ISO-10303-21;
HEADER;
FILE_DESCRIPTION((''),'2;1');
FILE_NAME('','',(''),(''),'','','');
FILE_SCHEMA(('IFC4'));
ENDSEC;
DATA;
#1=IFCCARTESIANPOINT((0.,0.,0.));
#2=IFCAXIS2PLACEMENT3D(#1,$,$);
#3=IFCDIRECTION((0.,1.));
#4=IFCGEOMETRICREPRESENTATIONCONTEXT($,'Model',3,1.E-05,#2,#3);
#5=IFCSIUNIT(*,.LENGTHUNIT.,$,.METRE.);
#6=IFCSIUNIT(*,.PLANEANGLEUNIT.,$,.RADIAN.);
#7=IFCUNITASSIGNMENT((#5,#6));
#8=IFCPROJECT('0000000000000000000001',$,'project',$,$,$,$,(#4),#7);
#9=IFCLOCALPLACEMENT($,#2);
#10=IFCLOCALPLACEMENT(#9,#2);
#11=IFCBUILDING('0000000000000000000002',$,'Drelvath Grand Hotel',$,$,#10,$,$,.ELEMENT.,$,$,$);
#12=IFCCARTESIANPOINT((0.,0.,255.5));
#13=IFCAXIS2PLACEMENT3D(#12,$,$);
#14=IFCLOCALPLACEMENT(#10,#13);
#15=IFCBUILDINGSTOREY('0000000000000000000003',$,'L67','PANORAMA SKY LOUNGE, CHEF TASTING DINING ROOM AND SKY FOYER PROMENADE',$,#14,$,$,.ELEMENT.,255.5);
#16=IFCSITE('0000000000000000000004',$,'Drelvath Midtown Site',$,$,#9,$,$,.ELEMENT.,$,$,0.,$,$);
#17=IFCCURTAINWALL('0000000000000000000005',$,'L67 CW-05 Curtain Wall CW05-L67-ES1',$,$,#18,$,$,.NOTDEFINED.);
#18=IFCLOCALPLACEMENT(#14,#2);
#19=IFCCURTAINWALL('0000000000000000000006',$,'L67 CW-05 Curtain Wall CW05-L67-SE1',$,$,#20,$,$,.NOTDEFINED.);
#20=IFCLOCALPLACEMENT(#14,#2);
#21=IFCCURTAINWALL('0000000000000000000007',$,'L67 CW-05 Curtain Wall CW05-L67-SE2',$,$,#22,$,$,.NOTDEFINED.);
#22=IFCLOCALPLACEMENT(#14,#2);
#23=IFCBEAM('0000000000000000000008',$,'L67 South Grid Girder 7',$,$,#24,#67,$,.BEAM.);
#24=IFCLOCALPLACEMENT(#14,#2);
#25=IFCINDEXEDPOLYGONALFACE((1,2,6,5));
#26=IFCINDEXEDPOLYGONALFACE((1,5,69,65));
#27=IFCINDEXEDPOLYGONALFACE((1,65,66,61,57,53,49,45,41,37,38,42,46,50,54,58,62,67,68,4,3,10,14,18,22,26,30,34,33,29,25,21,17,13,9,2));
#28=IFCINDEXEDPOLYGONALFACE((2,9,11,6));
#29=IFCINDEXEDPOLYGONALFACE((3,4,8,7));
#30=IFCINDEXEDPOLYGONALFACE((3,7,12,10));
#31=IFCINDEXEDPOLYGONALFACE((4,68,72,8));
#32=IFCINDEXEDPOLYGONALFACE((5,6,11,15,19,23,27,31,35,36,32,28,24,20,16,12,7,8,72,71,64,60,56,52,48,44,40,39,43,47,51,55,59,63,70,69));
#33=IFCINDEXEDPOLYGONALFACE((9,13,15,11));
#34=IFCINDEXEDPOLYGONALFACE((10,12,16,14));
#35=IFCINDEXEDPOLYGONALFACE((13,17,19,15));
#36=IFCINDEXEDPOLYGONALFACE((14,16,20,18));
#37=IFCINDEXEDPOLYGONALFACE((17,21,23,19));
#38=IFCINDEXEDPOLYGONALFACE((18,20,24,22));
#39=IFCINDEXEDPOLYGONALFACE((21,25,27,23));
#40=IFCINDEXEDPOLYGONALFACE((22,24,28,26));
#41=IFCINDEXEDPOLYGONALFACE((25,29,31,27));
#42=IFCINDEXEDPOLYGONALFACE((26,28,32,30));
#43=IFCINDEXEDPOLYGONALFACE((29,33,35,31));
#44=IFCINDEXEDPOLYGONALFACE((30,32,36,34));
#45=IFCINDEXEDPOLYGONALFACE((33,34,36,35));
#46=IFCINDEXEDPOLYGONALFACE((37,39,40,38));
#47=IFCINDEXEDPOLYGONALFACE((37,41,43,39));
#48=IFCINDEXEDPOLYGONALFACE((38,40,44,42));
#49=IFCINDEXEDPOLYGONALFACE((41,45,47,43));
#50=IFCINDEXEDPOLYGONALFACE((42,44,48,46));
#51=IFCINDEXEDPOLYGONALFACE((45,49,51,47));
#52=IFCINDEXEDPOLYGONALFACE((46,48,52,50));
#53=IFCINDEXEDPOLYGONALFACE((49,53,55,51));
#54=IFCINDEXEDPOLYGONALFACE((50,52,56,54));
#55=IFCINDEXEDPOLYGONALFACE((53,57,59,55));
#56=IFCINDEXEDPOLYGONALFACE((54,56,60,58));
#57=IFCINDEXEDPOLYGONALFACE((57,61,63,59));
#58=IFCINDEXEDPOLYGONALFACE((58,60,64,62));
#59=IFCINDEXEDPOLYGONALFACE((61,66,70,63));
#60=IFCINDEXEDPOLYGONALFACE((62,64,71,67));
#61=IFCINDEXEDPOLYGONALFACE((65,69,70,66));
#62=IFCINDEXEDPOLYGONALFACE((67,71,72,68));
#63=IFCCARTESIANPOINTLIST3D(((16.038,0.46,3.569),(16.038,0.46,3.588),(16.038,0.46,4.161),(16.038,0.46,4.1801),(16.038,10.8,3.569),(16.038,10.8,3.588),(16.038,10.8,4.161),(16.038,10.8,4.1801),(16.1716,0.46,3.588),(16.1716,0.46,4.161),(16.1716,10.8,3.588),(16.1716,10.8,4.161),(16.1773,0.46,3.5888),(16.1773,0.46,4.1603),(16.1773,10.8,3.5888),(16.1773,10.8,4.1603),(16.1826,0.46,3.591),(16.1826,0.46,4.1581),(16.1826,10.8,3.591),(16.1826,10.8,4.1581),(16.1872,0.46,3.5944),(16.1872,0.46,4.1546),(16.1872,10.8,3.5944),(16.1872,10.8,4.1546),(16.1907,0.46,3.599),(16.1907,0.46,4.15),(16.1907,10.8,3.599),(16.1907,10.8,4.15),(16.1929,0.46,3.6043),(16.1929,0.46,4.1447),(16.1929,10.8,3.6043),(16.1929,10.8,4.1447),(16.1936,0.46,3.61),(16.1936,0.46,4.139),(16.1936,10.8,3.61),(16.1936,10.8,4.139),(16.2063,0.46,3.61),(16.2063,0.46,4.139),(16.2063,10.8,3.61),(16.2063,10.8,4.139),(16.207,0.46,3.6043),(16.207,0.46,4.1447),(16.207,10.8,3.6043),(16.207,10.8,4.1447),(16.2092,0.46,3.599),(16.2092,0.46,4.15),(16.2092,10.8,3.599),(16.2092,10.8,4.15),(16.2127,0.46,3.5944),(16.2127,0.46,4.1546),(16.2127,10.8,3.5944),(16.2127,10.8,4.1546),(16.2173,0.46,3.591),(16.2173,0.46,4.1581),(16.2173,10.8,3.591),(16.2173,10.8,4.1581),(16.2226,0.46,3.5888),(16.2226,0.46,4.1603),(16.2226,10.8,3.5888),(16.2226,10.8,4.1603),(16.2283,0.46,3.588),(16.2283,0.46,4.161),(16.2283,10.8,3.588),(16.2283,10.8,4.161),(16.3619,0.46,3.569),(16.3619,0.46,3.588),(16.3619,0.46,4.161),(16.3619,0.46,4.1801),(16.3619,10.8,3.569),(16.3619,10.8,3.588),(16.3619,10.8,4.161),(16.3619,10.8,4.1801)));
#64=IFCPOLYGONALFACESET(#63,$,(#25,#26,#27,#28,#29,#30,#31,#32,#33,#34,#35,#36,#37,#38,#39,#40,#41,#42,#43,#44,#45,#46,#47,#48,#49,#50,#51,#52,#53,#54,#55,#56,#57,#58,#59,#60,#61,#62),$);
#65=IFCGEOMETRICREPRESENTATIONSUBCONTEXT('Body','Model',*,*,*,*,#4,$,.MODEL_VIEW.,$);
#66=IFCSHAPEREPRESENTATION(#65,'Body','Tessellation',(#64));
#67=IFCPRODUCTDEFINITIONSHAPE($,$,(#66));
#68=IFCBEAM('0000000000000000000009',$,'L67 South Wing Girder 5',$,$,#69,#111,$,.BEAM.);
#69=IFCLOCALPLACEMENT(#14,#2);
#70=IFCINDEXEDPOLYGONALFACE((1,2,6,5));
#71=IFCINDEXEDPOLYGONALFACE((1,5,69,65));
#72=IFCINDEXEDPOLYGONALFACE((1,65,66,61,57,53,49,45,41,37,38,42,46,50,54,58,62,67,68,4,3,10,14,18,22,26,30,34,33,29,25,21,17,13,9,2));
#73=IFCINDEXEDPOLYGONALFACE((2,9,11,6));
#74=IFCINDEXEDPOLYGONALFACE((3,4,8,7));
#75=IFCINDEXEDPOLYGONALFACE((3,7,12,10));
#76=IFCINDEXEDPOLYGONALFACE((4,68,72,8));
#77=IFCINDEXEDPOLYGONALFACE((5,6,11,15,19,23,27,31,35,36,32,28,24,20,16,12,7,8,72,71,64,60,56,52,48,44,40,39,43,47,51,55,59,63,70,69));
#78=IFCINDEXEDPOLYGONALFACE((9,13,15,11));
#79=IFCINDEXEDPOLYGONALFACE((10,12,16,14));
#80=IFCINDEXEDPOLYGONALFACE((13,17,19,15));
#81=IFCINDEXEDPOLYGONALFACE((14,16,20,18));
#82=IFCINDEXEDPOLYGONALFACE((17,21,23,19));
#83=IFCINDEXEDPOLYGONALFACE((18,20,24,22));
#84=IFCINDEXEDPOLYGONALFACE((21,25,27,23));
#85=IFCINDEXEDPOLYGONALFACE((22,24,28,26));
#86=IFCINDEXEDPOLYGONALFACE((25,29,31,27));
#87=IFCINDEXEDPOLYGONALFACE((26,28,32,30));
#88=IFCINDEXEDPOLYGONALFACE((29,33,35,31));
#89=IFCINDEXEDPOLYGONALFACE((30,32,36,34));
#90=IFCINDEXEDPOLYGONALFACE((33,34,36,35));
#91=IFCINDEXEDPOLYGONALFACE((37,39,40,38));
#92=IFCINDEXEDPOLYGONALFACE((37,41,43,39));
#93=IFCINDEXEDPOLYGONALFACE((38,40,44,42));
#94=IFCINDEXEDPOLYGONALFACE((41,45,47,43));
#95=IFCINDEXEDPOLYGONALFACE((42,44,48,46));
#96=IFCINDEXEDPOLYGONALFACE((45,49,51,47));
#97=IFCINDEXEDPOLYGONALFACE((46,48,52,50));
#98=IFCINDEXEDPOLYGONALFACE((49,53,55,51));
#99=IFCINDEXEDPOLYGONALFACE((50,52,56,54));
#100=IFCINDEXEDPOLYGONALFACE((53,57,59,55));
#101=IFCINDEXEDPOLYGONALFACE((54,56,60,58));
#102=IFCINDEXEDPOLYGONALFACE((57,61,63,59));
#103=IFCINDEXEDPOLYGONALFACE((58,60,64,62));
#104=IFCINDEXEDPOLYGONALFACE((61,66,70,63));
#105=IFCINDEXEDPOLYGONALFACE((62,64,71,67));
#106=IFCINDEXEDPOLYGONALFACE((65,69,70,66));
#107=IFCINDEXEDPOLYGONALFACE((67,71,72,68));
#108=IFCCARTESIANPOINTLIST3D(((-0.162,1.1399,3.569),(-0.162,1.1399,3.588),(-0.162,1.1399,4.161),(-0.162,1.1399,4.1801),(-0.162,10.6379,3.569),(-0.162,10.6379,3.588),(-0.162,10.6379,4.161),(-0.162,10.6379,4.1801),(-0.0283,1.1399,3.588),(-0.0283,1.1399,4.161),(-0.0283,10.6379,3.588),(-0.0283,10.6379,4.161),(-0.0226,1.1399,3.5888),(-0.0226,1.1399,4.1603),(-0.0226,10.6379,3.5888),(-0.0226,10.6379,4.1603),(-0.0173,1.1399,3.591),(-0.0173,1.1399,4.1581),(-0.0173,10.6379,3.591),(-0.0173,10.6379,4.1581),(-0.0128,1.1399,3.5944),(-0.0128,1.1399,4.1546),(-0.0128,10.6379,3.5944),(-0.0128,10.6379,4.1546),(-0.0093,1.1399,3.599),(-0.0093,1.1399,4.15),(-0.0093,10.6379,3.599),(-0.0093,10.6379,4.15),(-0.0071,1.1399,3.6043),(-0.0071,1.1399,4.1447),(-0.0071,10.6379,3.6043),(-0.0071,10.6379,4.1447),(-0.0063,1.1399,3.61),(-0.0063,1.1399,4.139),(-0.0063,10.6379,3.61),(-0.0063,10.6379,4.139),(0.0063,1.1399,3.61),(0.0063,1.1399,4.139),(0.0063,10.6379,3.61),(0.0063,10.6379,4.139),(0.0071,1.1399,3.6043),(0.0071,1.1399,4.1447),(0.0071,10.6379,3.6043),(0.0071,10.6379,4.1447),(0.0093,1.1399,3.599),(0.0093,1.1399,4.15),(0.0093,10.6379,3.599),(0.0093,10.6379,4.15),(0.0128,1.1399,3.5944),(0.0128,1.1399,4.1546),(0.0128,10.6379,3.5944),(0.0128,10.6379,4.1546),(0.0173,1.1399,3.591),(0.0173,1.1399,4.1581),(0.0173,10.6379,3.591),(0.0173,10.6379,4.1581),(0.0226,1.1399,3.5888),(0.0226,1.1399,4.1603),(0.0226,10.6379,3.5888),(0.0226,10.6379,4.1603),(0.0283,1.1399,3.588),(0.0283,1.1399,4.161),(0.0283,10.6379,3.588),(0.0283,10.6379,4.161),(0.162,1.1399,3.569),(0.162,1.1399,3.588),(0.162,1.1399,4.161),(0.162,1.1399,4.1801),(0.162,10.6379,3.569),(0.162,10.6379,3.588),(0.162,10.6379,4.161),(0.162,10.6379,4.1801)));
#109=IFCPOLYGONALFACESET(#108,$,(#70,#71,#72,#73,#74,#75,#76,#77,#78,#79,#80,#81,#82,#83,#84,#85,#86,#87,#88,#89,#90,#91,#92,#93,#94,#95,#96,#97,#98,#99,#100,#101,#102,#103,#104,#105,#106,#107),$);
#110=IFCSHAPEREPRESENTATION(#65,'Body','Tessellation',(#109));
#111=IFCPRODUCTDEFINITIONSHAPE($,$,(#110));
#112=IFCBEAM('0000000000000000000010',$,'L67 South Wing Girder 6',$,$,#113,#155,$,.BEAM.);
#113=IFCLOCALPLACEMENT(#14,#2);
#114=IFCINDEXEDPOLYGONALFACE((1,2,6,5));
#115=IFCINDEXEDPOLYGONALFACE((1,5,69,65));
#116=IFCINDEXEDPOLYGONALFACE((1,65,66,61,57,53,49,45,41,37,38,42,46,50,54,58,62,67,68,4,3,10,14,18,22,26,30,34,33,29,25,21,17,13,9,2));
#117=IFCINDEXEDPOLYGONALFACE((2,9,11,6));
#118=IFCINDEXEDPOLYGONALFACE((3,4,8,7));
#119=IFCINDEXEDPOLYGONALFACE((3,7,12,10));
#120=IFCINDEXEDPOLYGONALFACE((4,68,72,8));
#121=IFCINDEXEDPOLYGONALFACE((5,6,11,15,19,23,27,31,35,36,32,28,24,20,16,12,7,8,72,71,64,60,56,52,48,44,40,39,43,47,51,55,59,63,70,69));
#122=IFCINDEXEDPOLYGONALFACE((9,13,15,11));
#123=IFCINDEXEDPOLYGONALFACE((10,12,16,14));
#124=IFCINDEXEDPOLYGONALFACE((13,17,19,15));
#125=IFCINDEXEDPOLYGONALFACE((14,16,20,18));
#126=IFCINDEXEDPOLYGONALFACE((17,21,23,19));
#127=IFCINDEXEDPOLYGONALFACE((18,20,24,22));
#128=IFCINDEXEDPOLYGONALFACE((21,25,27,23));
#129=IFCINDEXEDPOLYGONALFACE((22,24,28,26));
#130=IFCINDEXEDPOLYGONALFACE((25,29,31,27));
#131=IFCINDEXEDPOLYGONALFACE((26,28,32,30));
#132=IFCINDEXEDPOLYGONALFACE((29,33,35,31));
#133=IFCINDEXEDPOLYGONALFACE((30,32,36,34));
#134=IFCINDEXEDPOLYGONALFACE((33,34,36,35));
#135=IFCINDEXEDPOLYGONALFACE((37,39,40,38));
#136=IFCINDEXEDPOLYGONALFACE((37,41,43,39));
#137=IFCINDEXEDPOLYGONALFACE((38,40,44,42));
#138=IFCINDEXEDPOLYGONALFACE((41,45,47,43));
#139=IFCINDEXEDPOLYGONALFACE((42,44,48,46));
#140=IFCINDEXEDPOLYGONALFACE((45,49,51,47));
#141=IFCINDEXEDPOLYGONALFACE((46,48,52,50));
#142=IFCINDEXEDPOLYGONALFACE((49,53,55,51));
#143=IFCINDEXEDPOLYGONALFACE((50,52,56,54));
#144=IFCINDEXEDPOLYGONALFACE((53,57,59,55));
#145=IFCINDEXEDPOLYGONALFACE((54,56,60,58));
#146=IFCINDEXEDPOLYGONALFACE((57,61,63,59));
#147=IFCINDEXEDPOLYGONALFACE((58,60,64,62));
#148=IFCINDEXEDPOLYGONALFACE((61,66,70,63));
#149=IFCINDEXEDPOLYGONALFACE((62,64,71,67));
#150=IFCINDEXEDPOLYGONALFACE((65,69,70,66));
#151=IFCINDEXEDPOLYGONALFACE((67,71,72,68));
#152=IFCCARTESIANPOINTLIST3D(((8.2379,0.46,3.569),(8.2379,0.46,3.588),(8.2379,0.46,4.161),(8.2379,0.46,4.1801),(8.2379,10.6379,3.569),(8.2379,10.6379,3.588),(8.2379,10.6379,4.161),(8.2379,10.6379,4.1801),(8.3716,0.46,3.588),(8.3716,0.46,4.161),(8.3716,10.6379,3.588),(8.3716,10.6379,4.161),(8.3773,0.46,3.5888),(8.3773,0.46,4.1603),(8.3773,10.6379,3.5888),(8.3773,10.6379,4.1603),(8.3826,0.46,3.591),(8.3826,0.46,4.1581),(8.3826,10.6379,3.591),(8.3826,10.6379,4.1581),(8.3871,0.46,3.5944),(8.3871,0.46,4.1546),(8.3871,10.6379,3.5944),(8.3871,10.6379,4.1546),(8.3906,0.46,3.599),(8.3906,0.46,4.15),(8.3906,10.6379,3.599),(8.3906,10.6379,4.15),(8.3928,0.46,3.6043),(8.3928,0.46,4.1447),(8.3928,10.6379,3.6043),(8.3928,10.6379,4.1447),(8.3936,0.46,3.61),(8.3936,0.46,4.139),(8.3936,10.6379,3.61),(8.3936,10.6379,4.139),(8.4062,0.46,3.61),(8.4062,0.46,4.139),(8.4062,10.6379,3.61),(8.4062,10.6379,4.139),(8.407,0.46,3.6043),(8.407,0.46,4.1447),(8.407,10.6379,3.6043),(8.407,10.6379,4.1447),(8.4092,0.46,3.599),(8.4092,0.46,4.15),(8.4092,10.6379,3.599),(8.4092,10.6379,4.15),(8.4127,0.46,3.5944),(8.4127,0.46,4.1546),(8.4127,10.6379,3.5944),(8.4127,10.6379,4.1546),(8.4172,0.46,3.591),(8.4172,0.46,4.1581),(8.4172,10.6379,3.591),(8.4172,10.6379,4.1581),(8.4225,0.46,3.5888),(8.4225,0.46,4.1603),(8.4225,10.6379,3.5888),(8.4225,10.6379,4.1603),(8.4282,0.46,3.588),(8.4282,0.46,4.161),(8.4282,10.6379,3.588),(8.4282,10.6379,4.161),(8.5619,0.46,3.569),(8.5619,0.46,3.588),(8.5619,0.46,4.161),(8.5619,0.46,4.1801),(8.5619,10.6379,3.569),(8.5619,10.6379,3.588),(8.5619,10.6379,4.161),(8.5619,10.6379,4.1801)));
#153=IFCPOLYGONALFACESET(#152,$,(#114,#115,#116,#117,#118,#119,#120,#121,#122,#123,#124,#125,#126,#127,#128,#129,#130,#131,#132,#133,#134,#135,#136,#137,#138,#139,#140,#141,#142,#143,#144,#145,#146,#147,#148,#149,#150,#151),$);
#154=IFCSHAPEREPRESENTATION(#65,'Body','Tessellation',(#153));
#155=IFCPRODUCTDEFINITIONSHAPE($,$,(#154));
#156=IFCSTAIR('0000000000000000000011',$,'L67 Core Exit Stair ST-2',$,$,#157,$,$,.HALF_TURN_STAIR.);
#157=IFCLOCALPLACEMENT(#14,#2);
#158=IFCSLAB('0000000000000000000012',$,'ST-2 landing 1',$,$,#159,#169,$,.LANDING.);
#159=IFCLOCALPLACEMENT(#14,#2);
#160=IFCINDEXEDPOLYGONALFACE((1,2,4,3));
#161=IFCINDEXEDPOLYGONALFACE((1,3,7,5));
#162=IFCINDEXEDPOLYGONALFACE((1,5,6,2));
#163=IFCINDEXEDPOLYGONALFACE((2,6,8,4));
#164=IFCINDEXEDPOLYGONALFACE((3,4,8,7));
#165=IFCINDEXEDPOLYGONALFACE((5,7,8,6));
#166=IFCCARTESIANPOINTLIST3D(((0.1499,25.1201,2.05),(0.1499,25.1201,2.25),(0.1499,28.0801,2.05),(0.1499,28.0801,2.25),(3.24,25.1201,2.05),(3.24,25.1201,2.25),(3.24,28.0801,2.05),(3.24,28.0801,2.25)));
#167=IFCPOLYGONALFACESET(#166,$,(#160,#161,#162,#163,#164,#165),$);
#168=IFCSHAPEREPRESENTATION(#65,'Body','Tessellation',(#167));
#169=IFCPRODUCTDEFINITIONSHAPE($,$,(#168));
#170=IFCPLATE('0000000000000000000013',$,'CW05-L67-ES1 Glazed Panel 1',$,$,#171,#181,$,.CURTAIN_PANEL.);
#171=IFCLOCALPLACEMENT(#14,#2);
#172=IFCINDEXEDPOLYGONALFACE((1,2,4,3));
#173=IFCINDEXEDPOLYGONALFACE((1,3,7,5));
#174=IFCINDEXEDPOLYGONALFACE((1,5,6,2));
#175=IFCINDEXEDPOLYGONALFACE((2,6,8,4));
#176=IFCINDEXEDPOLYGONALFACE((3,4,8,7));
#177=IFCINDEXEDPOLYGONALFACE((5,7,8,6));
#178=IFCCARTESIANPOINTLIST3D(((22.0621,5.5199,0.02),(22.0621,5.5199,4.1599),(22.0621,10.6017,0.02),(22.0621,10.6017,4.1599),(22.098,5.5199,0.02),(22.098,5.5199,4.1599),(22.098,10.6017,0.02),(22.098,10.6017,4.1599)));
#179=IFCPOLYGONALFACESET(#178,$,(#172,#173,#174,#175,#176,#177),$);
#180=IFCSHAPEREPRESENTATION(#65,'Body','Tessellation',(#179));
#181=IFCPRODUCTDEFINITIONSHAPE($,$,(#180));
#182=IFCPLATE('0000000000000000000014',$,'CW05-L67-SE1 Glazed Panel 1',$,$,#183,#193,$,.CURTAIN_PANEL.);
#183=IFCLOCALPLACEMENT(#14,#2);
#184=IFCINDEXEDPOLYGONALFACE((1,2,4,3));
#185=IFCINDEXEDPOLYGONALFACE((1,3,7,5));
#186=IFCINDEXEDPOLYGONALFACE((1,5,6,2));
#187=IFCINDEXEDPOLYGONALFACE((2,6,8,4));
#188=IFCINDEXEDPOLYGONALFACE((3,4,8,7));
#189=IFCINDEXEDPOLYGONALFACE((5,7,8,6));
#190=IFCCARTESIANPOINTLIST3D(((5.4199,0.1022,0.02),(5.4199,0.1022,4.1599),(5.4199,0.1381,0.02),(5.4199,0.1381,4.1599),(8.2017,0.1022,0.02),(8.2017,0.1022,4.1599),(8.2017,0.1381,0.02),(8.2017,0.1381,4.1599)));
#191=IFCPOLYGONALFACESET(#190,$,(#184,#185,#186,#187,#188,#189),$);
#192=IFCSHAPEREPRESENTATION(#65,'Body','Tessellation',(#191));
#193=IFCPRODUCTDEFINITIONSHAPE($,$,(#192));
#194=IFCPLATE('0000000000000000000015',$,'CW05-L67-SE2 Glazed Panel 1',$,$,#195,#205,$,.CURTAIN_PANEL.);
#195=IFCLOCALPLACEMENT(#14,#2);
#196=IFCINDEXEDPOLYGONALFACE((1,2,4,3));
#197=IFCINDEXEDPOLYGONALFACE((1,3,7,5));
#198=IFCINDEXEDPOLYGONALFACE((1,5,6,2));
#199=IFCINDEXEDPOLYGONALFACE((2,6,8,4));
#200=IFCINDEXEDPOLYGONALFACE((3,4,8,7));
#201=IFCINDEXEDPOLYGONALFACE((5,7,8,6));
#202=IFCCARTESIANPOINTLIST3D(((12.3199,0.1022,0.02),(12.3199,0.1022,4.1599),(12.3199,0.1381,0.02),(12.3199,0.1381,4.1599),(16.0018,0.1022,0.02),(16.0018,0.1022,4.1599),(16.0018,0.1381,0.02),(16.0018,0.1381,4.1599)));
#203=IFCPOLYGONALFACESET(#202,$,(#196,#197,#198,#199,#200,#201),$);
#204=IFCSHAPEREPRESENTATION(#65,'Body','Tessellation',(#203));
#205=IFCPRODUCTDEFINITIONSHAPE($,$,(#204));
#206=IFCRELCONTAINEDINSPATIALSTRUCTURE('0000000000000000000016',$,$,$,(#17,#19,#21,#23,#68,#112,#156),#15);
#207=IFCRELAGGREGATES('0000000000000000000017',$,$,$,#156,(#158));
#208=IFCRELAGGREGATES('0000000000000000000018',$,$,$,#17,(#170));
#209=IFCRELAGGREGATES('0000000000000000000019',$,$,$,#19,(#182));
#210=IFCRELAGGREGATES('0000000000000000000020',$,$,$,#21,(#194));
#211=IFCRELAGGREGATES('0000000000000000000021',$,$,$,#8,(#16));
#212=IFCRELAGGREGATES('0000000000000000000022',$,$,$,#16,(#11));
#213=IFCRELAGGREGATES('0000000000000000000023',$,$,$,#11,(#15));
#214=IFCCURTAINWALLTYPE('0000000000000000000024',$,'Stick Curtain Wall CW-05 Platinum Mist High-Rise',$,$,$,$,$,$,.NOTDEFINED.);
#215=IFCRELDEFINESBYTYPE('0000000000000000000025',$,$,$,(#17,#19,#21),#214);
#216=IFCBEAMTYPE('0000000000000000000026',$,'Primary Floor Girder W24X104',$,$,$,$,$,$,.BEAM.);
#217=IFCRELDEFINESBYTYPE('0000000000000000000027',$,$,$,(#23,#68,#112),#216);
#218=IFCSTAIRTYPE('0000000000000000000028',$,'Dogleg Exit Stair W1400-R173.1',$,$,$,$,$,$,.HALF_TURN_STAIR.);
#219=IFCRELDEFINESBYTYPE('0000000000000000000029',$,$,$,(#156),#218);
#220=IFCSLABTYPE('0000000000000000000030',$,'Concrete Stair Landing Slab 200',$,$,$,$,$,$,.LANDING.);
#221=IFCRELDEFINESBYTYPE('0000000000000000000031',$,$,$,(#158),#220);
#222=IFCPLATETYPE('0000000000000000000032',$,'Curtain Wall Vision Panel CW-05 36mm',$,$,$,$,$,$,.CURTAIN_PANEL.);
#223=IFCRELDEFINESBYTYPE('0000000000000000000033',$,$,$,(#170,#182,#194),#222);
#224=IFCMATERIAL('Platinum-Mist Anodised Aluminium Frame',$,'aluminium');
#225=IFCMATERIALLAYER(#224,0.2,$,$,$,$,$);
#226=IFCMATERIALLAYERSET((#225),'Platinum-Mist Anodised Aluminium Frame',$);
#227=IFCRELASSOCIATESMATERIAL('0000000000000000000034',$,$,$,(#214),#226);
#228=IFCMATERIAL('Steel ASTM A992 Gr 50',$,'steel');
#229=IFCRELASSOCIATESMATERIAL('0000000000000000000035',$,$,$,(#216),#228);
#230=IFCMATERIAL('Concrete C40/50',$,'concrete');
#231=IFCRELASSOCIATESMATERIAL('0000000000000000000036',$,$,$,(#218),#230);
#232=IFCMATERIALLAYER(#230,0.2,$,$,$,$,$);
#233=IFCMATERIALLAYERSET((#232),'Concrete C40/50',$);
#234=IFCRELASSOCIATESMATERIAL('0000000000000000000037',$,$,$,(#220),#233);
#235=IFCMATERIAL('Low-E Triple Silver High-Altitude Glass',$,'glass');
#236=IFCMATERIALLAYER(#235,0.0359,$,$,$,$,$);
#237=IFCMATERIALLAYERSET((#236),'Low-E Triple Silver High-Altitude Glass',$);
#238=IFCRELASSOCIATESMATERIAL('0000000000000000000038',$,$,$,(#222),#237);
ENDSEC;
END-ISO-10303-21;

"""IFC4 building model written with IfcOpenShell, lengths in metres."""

from ifc_helpers import new_model, si_unit, direction, frame, origin, origin_2d, place, context, subcontext, project, spatial, polyline, rectangle, i_section, outline, extrude, material, layer, layer_set, material_profile, profile_set, type_object, element, aggregate, save


model = new_model("IFC4")

# Units and contexts
model_context = context("Model", 3, precision=1e-05, world=origin(), true_north=direction((0.0, 1.0)))
body_context = subcontext(model_context, "Body", "Model", "MODEL_VIEW")
ifc_project = project(units=[si_unit("LENGTHUNIT", "METRE"), si_unit("PLANEANGLEUNIT", "RADIAN")], contexts=[model_context])

# Site, building, storey
site_placement = place(None, origin())
site = spatial("IfcSite", under=ifc_project, at=site_placement, Name="Drelvath Midtown Site", CompositionType="ELEMENT", RefElevation=0.0)
building_placement = place(site_placement, origin())
building = spatial("IfcBuilding", under=site, at=building_placement, Name="Drelvath Grand Hotel", CompositionType="ELEMENT")
storey_placement = place(building_placement, frame((0.0, 0.0, 255.5)))
storey = spatial("IfcBuildingStorey", under=building, at=storey_placement, Name="L67", Description="PANORAMA SKY LOUNGE, CHEF TASTING DINING ROOM AND SKY FOYER PROMENADE", CompositionType="ELEMENT", Elevation=255.5)

# Shared definitions
ifc_material_1 = material(Name="Steel ASTM A992 Gr 50", Category="steel")

# Curtain walls
ifc_material_2 = material(Name="Platinum-Mist Anodised Aluminium Frame", Category="aluminium")
ifc_layer_1 = layer(ifc_material_2, 0.2)
ifc_layer_set_1 = layer_set([ifc_layer_1], Name="Platinum-Mist Anodised Aluminium Frame")
curtain_wall_type = type_object("IfcCurtainWallType", Name="Stick Curtain Wall CW-05 Platinum Mist High-Rise", PredefinedType="NOTDEFINED", material=ifc_layer_set_1)
curtain_wall_1_placement = place(storey_placement, origin())
curtain_wall_1 = element("IfcCurtainWall", 1, at=curtain_wall_1_placement, inside=storey, type_object=curtain_wall_type, Name="L67 CW-05 Curtain Wall CW05-L67-ES1", PredefinedType="NOTDEFINED")
curtain_wall_2_placement = place(storey_placement, origin())
curtain_wall_2 = element("IfcCurtainWall", 2, at=curtain_wall_2_placement, inside=storey, type_object=curtain_wall_type, Name="L67 CW-05 Curtain Wall CW05-L67-SE1", PredefinedType="NOTDEFINED")
curtain_wall_3_placement = place(storey_placement, origin())
curtain_wall_3 = element("IfcCurtainWall", 3, at=curtain_wall_3_placement, inside=storey, type_object=curtain_wall_type, Name="L67 CW-05 Curtain Wall CW05-L67-SE2", PredefinedType="NOTDEFINED")

# Beams
ifc_material_profile_1 = material_profile(ifc_material_1, i_section(OverallWidth=0.324, OverallDepth=0.6111, WebThickness=0.0127, FlangeThickness=0.019, FilletRadius=0.022, at=origin_2d()), Name="W24X104")
ifc_profile_set_1 = profile_set([ifc_material_profile_1], Name="Steel ASTM A992 Gr 50")
beam_type_1 = type_object("IfcBeamType", Name="Primary Floor Girder W24X104", PredefinedType="BEAM", material=ifc_profile_set_1)
beam_1_placement = place(storey_placement, frame((16.2, 0.46, 3.8745), z_axis=(0.0, 1.0, 0.0), x_axis=(-1.0, 0.0, 0.0)))
element("IfcBeam", 4, at=beam_1_placement, inside=storey, type_object=beam_type_1, Name="L67 South Grid Girder 7", PredefinedType="BEAM", context=body_context, shape_type="SweptSolid", body=[
    extrude(i_section(OverallWidth=0.324, OverallDepth=0.6111, WebThickness=0.0127, FlangeThickness=0.019, FilletRadius=0.022, at=origin_2d()), origin(), (0.0, 0.0, 1.0), 10.3401),
])
beam_2_placement = place(storey_placement, frame((0.0, 1.1399, 3.8745), z_axis=(0.0, 1.0, 0.0), x_axis=(-1.0, 0.0, 0.0)))
element("IfcBeam", 5, at=beam_2_placement, inside=storey, type_object=beam_type_1, Name="L67 South Wing Girder 5", PredefinedType="BEAM", context=body_context, shape_type="SweptSolid", body=[
    extrude(i_section(OverallWidth=0.324, OverallDepth=0.6111, WebThickness=0.0127, FlangeThickness=0.019, FilletRadius=0.022, at=origin_2d()), origin(), (0.0, 0.0, 1.0), 9.498),
])
beam_3_placement = place(storey_placement, frame((8.3999, 0.46, 3.8745), z_axis=(0.0, 1.0, 0.0), x_axis=(-1.0, 0.0, 0.0)))
element("IfcBeam", 6, at=beam_3_placement, inside=storey, type_object=beam_type_1, Name="L67 South Wing Girder 6", PredefinedType="BEAM", context=body_context, shape_type="SweptSolid", body=[
    extrude(i_section(OverallWidth=0.324, OverallDepth=0.6111, WebThickness=0.0127, FlangeThickness=0.019, FilletRadius=0.022, at=origin_2d()), origin(), (0.0, 0.0, 1.0), 10.178),
])

# Stair, slab
ifc_material_3 = material(Name="Concrete C40/50", Category="concrete")
stair_type = type_object("IfcStairType", Name="Dogleg Exit Stair W1400-R173.1", PredefinedType="HALF_TURN_STAIR", material=ifc_material_3)
stair_placement = place(storey_placement, origin())
stair = element("IfcStair", 7, at=stair_placement, inside=storey, type_object=stair_type, Name="L67 Core Exit Stair ST-2", PredefinedType="HALF_TURN_STAIR")
ifc_layer_2 = layer(ifc_material_3, 0.2)
ifc_layer_set_2 = layer_set([ifc_layer_2], Name="Concrete C40/50")
slab_type = type_object("IfcSlabType", Name="Concrete Stair Landing Slab 200", PredefinedType="LANDING", material=ifc_layer_set_2)
slab_placement = place(storey_placement, frame((0.0, 0.0, 2.05)))
slab = element("IfcSlab", 8, at=slab_placement, type_object=slab_type, Name="ST-2 landing 1", PredefinedType="LANDING", context=body_context, shape_type="SweptSolid", body=[
    extrude(outline(polyline([(3.24, 28.0801), (0.1499, 28.0801), (0.1499, 25.1201), (3.24, 25.1201), (3.24, 28.0801)])), origin(), (0.0, 0.0, 1.0), 0.2),
])
aggregate(stair, [slab])

# Plates
ifc_material_4 = material(Name="Low-E Triple Silver High-Altitude Glass", Category="glass")
ifc_layer_3 = layer(ifc_material_4, 0.0359)
ifc_layer_set_3 = layer_set([ifc_layer_3], Name="Low-E Triple Silver High-Altitude Glass")
plate_type = type_object("IfcPlateType", Name="Curtain Wall Vision Panel CW-05 36mm", PredefinedType="CURTAIN_PANEL", material=ifc_layer_set_3)
plate_1_placement = place(storey_placement, frame((22.0801, 8.0608, 0.02), z_axis=(0.0, 0.0, 1.0), x_axis=(0.0, -1.0, 0.0)))
plate_1 = element("IfcPlate", 9, at=plate_1_placement, type_object=plate_type, Name="CW05-L67-ES1 Glazed Panel 1", PredefinedType="CURTAIN_PANEL", context=body_context, shape_type="SweptSolid", body=[
    extrude(rectangle(XDim=5.0818, YDim=0.0359, at=origin_2d()), origin(), (0.0, 0.0, 1.0), 4.1399),
])
aggregate(curtain_wall_1, [plate_1])
plate_2_placement = place(storey_placement, frame((6.8108, 0.1201, 0.02), z_axis=(0.0, 0.0, 1.0), x_axis=(-1.0, 0.0, 0.0)))
plate_2 = element("IfcPlate", 10, at=plate_2_placement, type_object=plate_type, Name="CW05-L67-SE1 Glazed Panel 1", PredefinedType="CURTAIN_PANEL", context=body_context, shape_type="SweptSolid", body=[
    extrude(rectangle(XDim=2.7817, YDim=0.0359, at=origin_2d()), origin(), (0.0, 0.0, 1.0), 4.1399),
])
aggregate(curtain_wall_2, [plate_2])
plate_3_placement = place(storey_placement, frame((14.1609, 0.1201, 0.02), z_axis=(0.0, 0.0, 1.0), x_axis=(-1.0, 0.0, 0.0)))
plate_3 = element("IfcPlate", 11, at=plate_3_placement, type_object=plate_type, Name="CW05-L67-SE2 Glazed Panel 1", PredefinedType="CURTAIN_PANEL", context=body_context, shape_type="SweptSolid", body=[
    extrude(rectangle(XDim=3.6819, YDim=0.0359, at=origin_2d()), origin(), (0.0, 0.0, 1.0), 4.1399),
])
aggregate(curtain_wall_3, [plate_3])

save(model, "model.ifc")
